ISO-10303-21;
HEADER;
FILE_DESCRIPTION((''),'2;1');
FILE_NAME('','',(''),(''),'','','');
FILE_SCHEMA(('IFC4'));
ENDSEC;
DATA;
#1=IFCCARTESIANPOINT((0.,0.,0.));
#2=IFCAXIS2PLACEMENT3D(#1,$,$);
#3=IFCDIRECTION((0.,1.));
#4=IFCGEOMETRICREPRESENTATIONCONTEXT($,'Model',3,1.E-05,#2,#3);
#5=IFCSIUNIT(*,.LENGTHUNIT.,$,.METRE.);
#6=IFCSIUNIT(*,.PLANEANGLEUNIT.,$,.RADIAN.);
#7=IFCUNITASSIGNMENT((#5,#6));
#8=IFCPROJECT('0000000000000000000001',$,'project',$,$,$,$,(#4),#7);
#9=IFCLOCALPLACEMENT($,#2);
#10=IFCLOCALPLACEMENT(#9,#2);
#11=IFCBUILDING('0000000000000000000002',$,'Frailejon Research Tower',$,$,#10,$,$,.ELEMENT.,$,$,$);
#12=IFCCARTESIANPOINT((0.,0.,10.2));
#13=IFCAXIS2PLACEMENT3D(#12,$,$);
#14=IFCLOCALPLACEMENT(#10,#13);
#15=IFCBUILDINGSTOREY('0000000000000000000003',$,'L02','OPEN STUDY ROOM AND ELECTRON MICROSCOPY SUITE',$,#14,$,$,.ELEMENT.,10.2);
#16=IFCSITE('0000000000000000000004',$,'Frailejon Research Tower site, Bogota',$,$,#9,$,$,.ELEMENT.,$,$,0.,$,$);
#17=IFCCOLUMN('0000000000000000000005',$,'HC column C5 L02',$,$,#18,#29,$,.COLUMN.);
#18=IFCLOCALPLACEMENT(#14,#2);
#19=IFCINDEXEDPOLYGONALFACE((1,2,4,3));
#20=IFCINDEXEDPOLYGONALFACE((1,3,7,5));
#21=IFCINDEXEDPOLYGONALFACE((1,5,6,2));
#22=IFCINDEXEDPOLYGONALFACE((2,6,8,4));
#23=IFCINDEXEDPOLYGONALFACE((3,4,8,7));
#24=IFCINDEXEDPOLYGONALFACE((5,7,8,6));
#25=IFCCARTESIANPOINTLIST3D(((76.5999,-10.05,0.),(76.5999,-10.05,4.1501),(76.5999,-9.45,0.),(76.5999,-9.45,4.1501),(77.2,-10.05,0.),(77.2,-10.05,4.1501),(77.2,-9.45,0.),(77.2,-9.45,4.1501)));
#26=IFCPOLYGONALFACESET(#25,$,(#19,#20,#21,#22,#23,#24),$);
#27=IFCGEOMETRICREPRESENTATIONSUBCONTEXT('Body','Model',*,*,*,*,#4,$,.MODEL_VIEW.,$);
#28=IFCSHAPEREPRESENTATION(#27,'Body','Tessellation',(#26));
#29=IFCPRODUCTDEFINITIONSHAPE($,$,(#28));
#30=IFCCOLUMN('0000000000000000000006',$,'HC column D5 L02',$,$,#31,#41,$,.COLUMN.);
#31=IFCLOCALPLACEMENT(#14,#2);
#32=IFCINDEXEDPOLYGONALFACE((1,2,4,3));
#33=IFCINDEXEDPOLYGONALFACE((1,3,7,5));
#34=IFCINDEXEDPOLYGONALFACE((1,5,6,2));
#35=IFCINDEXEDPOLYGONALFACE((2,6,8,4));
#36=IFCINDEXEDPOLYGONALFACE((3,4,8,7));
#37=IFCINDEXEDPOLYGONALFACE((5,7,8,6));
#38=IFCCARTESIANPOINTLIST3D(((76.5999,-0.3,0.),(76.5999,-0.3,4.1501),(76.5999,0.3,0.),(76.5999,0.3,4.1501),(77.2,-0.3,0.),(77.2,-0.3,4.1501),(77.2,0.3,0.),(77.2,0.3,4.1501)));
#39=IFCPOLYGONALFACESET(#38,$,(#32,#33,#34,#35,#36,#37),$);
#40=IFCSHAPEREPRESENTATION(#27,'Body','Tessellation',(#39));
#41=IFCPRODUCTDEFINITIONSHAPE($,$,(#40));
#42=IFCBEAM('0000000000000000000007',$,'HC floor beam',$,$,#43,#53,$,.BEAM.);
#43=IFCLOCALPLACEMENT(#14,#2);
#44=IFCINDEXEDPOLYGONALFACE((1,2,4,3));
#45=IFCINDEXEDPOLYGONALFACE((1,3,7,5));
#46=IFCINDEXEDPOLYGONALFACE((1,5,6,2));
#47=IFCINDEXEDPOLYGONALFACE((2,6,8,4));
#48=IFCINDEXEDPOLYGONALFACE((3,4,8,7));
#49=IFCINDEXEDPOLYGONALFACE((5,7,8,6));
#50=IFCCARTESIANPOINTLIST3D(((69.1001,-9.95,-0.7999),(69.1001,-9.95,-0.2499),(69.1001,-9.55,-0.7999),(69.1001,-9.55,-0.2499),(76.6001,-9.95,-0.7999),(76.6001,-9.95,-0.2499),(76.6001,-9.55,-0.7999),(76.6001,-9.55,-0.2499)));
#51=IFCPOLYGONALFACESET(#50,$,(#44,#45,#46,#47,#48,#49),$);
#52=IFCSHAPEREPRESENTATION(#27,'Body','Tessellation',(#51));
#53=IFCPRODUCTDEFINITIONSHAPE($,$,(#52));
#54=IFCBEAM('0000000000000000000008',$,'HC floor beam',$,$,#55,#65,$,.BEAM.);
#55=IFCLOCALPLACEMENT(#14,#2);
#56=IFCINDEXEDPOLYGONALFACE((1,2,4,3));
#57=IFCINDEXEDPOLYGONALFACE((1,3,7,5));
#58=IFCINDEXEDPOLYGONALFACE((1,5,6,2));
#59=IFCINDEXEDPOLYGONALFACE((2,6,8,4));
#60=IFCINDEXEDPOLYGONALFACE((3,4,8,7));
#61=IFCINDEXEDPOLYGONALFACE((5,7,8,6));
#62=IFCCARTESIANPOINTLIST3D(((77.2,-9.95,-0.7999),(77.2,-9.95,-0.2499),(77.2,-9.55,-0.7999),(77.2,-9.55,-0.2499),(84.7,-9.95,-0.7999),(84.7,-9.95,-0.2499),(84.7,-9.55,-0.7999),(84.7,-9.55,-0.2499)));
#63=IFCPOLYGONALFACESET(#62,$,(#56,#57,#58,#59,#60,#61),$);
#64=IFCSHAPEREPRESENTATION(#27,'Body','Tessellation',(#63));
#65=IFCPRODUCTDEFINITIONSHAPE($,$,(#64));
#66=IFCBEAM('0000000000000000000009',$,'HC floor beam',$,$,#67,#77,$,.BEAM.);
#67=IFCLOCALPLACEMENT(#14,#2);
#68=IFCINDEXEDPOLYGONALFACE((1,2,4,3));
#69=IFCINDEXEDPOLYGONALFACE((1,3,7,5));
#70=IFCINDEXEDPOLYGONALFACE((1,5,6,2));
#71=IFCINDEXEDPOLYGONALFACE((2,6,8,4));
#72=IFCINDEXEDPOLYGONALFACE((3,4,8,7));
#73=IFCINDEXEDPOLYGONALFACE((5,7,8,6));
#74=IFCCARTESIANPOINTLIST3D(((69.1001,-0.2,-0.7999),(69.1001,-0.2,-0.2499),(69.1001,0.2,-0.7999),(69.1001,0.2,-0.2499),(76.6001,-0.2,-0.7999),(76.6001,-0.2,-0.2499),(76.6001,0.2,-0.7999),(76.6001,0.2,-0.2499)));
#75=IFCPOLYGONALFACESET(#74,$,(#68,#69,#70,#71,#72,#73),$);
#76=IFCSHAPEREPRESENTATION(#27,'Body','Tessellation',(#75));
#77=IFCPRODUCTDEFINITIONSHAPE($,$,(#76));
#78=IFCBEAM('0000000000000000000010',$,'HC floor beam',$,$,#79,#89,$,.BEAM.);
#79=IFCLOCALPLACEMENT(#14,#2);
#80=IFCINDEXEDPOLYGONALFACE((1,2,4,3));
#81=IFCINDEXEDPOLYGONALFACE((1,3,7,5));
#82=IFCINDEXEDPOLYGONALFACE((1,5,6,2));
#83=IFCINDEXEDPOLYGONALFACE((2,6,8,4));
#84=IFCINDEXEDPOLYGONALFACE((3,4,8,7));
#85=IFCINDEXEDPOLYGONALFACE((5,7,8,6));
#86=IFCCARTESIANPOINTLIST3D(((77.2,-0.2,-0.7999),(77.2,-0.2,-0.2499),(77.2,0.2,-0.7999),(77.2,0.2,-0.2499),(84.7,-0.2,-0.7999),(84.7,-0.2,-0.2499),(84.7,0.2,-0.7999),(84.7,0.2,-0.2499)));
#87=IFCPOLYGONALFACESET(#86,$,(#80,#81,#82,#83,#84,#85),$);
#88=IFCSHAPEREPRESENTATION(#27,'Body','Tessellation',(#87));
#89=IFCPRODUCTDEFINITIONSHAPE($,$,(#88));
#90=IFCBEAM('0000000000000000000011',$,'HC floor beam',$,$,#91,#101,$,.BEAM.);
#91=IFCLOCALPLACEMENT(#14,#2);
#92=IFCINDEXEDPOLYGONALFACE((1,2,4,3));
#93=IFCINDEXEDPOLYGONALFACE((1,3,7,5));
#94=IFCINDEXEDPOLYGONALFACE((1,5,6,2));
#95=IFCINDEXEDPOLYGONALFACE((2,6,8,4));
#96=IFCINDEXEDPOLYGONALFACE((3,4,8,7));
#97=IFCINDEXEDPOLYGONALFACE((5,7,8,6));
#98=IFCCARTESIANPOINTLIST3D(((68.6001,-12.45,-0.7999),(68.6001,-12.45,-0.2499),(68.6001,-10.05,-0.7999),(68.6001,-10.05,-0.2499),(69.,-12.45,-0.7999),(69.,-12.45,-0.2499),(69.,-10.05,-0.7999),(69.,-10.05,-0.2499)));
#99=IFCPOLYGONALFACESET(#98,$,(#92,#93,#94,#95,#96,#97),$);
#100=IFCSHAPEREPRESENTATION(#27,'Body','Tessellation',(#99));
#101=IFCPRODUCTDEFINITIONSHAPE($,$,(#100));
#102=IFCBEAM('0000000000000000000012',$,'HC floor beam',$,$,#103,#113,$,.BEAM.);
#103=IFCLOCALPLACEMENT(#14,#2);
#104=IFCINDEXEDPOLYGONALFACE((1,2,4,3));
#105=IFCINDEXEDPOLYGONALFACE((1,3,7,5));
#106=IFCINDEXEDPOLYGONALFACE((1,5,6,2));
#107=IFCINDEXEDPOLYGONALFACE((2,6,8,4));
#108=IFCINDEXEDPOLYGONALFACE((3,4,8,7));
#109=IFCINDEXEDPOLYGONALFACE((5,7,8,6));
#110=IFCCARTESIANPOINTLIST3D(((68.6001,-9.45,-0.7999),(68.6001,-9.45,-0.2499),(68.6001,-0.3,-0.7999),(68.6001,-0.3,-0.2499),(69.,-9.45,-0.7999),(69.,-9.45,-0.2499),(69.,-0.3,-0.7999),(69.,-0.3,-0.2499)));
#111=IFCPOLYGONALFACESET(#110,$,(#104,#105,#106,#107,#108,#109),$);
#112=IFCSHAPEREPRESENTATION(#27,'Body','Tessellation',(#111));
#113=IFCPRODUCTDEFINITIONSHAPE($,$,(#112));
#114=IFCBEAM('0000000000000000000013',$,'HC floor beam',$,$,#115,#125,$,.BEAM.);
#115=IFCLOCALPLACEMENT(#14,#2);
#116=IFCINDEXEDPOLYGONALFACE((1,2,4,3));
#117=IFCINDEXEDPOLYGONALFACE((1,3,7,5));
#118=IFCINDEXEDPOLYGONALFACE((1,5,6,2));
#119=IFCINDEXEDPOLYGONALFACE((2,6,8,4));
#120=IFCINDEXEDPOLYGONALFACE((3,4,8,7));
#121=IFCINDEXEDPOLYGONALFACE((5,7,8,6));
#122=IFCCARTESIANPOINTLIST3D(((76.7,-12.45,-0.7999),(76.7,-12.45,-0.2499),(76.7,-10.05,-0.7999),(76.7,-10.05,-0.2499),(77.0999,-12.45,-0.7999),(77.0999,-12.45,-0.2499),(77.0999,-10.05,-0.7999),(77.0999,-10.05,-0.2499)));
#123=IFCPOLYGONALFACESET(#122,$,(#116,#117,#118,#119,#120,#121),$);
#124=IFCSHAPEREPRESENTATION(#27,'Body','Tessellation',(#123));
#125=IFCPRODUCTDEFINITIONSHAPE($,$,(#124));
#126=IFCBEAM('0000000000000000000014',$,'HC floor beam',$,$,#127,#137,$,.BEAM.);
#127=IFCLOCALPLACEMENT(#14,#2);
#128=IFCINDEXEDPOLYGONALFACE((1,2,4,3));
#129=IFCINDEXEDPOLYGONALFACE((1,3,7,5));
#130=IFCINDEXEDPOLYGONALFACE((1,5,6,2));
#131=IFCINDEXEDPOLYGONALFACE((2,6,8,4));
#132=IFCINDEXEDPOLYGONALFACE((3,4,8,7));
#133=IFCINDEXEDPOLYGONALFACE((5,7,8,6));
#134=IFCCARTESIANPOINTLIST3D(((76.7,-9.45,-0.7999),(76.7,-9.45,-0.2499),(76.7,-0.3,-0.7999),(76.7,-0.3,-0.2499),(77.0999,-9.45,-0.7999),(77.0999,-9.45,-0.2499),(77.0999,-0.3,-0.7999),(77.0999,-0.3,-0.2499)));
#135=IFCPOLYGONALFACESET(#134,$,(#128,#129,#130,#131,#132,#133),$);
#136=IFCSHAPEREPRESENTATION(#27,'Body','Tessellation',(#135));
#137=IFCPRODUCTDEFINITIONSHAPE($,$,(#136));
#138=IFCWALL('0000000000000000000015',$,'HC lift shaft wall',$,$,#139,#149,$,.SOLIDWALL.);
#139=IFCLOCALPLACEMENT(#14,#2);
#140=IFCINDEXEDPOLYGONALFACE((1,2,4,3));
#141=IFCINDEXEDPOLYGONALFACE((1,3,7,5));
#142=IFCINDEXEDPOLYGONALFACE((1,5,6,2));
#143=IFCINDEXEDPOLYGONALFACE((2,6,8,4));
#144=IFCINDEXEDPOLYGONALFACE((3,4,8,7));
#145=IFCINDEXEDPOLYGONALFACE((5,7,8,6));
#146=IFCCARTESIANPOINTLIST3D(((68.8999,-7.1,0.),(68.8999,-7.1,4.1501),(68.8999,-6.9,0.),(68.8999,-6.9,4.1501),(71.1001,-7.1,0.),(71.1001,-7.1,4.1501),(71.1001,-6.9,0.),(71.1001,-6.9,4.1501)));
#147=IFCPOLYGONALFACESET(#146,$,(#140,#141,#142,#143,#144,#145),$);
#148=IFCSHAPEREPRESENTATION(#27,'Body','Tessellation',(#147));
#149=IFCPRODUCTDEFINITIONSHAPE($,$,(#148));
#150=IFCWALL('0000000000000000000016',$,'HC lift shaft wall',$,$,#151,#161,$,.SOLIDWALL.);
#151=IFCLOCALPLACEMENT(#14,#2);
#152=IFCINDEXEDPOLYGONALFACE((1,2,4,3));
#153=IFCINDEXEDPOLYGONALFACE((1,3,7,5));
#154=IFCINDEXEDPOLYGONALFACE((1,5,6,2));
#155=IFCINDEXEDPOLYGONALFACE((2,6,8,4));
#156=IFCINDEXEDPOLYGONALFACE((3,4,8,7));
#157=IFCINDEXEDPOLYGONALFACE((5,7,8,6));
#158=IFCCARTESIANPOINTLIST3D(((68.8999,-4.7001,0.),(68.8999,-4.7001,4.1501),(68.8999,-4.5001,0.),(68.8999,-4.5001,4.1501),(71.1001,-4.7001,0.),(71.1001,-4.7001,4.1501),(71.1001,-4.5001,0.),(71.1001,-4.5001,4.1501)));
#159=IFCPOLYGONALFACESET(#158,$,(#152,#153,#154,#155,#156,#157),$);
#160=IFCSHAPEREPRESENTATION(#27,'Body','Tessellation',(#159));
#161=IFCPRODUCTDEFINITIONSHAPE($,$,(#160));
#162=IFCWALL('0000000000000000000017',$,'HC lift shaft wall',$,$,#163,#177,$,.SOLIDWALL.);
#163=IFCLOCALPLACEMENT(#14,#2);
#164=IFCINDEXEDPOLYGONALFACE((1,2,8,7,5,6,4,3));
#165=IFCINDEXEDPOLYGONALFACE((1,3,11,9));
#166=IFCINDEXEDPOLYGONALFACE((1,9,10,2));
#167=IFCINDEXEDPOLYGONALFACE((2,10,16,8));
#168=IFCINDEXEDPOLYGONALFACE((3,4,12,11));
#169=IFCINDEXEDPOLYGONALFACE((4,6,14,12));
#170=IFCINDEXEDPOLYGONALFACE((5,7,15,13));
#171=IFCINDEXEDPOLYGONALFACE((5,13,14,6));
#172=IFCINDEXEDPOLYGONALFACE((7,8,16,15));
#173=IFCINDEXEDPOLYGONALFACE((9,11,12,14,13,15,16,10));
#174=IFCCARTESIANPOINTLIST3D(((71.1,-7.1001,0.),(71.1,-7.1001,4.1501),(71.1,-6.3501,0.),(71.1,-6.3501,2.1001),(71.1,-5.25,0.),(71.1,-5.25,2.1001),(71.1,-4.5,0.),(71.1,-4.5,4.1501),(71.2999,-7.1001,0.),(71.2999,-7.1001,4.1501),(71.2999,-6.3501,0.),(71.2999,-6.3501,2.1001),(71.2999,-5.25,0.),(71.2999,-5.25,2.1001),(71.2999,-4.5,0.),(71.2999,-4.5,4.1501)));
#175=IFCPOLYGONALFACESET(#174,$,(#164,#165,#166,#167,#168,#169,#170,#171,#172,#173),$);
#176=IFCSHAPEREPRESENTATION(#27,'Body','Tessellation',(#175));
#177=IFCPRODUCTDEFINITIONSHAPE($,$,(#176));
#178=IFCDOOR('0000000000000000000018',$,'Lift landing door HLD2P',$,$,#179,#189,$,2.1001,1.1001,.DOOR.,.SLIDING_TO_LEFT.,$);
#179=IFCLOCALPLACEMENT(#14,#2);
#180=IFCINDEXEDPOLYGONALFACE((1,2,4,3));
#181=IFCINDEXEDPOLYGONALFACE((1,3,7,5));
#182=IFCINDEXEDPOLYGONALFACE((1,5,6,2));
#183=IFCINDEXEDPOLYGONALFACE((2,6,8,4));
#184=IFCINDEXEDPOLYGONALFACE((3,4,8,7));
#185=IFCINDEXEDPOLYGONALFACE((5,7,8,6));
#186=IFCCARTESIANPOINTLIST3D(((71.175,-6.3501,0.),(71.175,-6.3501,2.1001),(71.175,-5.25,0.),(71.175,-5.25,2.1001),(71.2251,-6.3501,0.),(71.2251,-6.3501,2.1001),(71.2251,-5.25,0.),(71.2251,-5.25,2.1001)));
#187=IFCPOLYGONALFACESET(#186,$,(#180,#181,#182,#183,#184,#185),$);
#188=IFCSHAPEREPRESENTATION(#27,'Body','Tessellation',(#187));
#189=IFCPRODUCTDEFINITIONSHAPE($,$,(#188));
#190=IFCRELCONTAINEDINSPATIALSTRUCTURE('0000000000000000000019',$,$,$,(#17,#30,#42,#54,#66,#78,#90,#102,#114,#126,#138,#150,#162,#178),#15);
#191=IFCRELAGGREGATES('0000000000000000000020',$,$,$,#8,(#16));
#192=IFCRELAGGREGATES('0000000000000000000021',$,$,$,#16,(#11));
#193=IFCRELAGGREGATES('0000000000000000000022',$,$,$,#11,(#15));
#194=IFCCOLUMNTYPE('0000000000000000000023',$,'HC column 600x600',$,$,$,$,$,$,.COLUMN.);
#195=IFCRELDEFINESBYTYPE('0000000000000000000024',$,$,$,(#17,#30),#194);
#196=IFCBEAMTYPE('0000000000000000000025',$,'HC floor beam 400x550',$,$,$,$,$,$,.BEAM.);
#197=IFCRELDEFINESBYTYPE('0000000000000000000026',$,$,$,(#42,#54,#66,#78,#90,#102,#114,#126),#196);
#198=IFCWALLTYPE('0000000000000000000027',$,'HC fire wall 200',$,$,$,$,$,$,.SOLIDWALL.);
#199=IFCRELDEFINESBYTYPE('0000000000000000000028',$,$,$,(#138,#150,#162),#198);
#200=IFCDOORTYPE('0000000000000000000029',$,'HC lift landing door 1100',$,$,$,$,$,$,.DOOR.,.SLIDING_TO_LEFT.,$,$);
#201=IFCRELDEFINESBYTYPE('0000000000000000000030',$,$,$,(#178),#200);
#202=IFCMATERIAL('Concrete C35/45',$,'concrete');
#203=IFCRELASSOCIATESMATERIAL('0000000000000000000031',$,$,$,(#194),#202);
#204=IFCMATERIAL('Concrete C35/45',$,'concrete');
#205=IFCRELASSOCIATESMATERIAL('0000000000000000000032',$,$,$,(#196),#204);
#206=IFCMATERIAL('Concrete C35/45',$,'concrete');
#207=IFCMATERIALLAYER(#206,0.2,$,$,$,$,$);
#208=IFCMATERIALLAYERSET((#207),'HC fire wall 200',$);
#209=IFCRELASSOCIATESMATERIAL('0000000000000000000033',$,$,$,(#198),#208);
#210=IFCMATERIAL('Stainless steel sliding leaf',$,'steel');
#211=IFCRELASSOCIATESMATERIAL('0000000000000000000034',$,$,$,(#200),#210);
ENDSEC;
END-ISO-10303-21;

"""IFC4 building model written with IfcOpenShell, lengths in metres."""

from ifc_helpers import new_model, si_unit, direction, frame, frame_2d, origin, origin_2d, place, context, subcontext, project, spatial, rectangle, extrude, material, layer, layer_set, material_profile, profile_set, type_object, element, fill, save


model = new_model("IFC4")

# Units and contexts
model_context = context("Model", 3, precision=1e-05, world=origin(), true_north=direction((0.0, 1.0)))
body_context = subcontext(model_context, "Body", "Model", "MODEL_VIEW")
ifc_project = project(units=[si_unit("LENGTHUNIT", "METRE"), si_unit("PLANEANGLEUNIT", "RADIAN")], contexts=[model_context])

# Site, building, storey
site_placement = place(None, origin())
site = spatial("IfcSite", under=ifc_project, at=site_placement, Name="Frailejon Research Tower site, Bogota", CompositionType="ELEMENT", RefElevation=0.0)
building_placement = place(site_placement, origin())
building = spatial("IfcBuilding", under=site, at=building_placement, Name="Frailejon Research Tower", CompositionType="ELEMENT")
storey_placement = place(building_placement, frame((0.0, 0.0, 10.2)))
storey = spatial("IfcBuildingStorey", under=building, at=storey_placement, Name="L02", Description="OPEN STUDY ROOM AND ELECTRON MICROSCOPY SUITE", CompositionType="ELEMENT", Elevation=10.2)

# Columns
ifc_material_1 = material(Name="Concrete C35/45", Category="concrete")
ifc_material_profile_1 = material_profile(ifc_material_1, rectangle(XDim=0.6001, YDim=0.6001, at=origin_2d()), Name="HC column 600x600")
ifc_profile_set_1 = profile_set([ifc_material_profile_1], Name="Concrete C35/45")
column_type = type_object("IfcColumnType", Name="HC column 600x600", PredefinedType="COLUMN", material=ifc_profile_set_1)
for number, where, z_axis, x_axis, name in (
    (1, (76.8999, -9.75, 0.0), (0.0, 0.0, 1.0), (1.0, 0.0, 0.0), "HC column C5 L02"),
    (2, (76.8999, 0.0, 0.0), (0.0, 0.0, 1.0), (1.0, 0.0, 0.0), "HC column D5 L02"),
):
    element("IfcColumn", number, at=place(storey_placement, frame(where, z_axis=z_axis, x_axis=x_axis)), inside=storey, type_object=column_type, Name=name, PredefinedType="COLUMN", context=body_context, shape_type="SweptSolid", body=[
        extrude(rectangle(XDim=0.6001, YDim=0.6001, at=origin_2d()), origin(), (0.0, 0.0, 1.0), 4.1501),
    ])

# Beams
ifc_material_2 = material(Name="Concrete C35/45", Category="concrete")
ifc_material_profile_2 = material_profile(ifc_material_2, rectangle(XDim=0.3999, YDim=0.55, at=origin_2d()), Name="HC floor beam 400x550")
ifc_profile_set_2 = profile_set([ifc_material_profile_2], Name="Concrete C35/45")
beam_type = type_object("IfcBeamType", Name="HC floor beam 400x550", PredefinedType="BEAM", material=ifc_profile_set_2)
for number, where, z_axis, x_axis, name in (
    (3, (69.1001, -9.75, -0.5249), (1.0, 0.0, 0.0), (0.0, 1.0, 0.0), "HC floor beam"),
    (4, (77.2, -9.75, -0.5249), (1.0, 0.0, 0.0), (0.0, 1.0, 0.0), "HC floor beam"),
    (5, (69.1001, 0.0, -0.5249), (1.0, 0.0, 0.0), (0.0, 1.0, 0.0), "HC floor beam"),
    (6, (77.2, 0.0, -0.5249), (1.0, 0.0, 0.0), (0.0, 1.0, 0.0), "HC floor beam"),
):
    element("IfcBeam", number, at=place(storey_placement, frame(where, z_axis=z_axis, x_axis=x_axis)), inside=storey, type_object=beam_type, Name=name, PredefinedType="BEAM", context=body_context, shape_type="SweptSolid", body=[
        extrude(rectangle(XDim=0.3999, YDim=0.55, at=origin_2d()), origin(), (0.0, 0.0, 1.0), 7.5),
    ])
beam_1_placement = place(storey_placement, frame((68.8, -12.45, -0.5249), z_axis=(0.0, 1.0, 0.0), x_axis=(-1.0, 0.0, 0.0)))
element("IfcBeam", 7, at=beam_1_placement, inside=storey, type_object=beam_type, Name="HC floor beam", PredefinedType="BEAM", context=body_context, shape_type="SweptSolid", body=[
    extrude(rectangle(XDim=0.3999, YDim=0.55, at=origin_2d()), origin(), (0.0, 0.0, 1.0), 2.3999),
])
beam_2_placement = place(storey_placement, frame((68.8, -9.45, -0.5249), z_axis=(0.0, 1.0, 0.0), x_axis=(-1.0, 0.0, 0.0)))
element("IfcBeam", 8, at=beam_2_placement, inside=storey, type_object=beam_type, Name="HC floor beam", PredefinedType="BEAM", context=body_context, shape_type="SweptSolid", body=[
    extrude(rectangle(XDim=0.3999, YDim=0.55, at=origin_2d()), origin(), (0.0, 0.0, 1.0), 9.1499),
])
beam_3_placement = place(storey_placement, frame((76.8999, -12.45, -0.5249), z_axis=(0.0, 1.0, 0.0), x_axis=(-1.0, 0.0, 0.0)))
element("IfcBeam", 9, at=beam_3_placement, inside=storey, type_object=beam_type, Name="HC floor beam", PredefinedType="BEAM", context=body_context, shape_type="SweptSolid", body=[
    extrude(rectangle(XDim=0.3999, YDim=0.55, at=origin_2d()), origin(), (0.0, 0.0, 1.0), 2.3999),
])
beam_4_placement = place(storey_placement, frame((76.8999, -9.45, -0.5249), z_axis=(0.0, 1.0, 0.0), x_axis=(-1.0, 0.0, 0.0)))
element("IfcBeam", 10, at=beam_4_placement, inside=storey, type_object=beam_type, Name="HC floor beam", PredefinedType="BEAM", context=body_context, shape_type="SweptSolid", body=[
    extrude(rectangle(XDim=0.3999, YDim=0.55, at=origin_2d()), origin(), (0.0, 0.0, 1.0), 9.1499),
])

# Walls
ifc_material_3 = material(Name="Concrete C35/45", Category="concrete")
ifc_layer_1 = layer(ifc_material_3, 0.2)
ifc_layer_set_1 = layer_set([ifc_layer_1], Name="HC fire wall 200")
wall_type_1 = type_object("IfcWallType", Name="HC fire wall 200", PredefinedType="SOLIDWALL", material=ifc_layer_set_1)
for number, where, z_axis, x_axis, name in (
    (11, (68.8999, -7.0, 0.0), (0.0, 0.0, 1.0), (1.0, 0.0, 0.0), "HC lift shaft wall"),
    (12, (68.8999, -4.6001, 0.0), (0.0, 0.0, 1.0), (1.0, 0.0, 0.0), "HC lift shaft wall"),
):
    element("IfcWall", number, at=place(storey_placement, frame(where, z_axis=z_axis, x_axis=x_axis)), inside=storey, type_object=wall_type_1, Name=name, PredefinedType="SOLIDWALL", context=body_context, shape_type="SweptSolid", body=[
        extrude(rectangle(XDim=2.2002, YDim=0.2, at=frame_2d((1.1001, 0.0))), origin(), (0.0, 0.0, 1.0), 4.1501),
    ])

# Wall, opening, door
wall_1_placement = place(storey_placement, frame((71.2, -7.1001, 0.0), z_axis=(0.0, 0.0, 1.0), x_axis=(0.0, 1.0, 0.0)))
wall_1 = element("IfcWall", 13, at=wall_1_placement, inside=storey, type_object=wall_type_1, Name="HC lift shaft wall", PredefinedType="SOLIDWALL", context=body_context, shape_type="SweptSolid", body=[
    extrude(rectangle(XDim=2.6001, YDim=0.2, at=frame_2d((1.3, 0.0))), origin(), (0.0, 0.0, 1.0), 4.1501),
])
opening_1_placement = place(wall_1_placement, frame((0.75, 0.0, 0.0)))
opening_1 = element("IfcOpeningElement", 14, at=opening_1_placement, cuts=wall_1, PredefinedType="OPENING", context=body_context, shape_type="SweptSolid", body=[
    extrude(rectangle(XDim=1.1001, YDim=2.1001, at=frame_2d((0.55, 1.05))), frame((0.0, 0.1099, 0.0), z_axis=(0.0, -1.0, 0.0), x_axis=(1.0, 0.0, 0.0)), (0.0, 0.0, 1.0), 0.22),
])
ifc_material_4 = material(Name="Stainless steel sliding leaf", Category="steel")
door_type_1 = type_object("IfcDoorType", Name="HC lift landing door 1100", OperationType="SLIDING_TO_LEFT", PredefinedType="DOOR", material=ifc_material_4)
door_1_placement = place(opening_1_placement, origin())
door_1 = element("IfcDoor", 15, at=door_1_placement, inside=storey, type_object=door_type_1, Name="Lift landing door HLD2P", OperationType="SLIDING_TO_LEFT", OverallHeight=2.1001, OverallWidth=1.1001, PredefinedType="DOOR", context=body_context, shape_type="SweptSolid", body=[
    extrude(rectangle(XDim=1.1001, YDim=2.1001, at=frame_2d((0.55, 1.05))), frame((0.0, 0.0249, 0.0), z_axis=(0.0, -1.0, 0.0), x_axis=(1.0, 0.0, 0.0)), (0.0, 0.0, 1.0), 0.05),
])
fill(opening_1, door_1)

save(model, "model.ifc")
